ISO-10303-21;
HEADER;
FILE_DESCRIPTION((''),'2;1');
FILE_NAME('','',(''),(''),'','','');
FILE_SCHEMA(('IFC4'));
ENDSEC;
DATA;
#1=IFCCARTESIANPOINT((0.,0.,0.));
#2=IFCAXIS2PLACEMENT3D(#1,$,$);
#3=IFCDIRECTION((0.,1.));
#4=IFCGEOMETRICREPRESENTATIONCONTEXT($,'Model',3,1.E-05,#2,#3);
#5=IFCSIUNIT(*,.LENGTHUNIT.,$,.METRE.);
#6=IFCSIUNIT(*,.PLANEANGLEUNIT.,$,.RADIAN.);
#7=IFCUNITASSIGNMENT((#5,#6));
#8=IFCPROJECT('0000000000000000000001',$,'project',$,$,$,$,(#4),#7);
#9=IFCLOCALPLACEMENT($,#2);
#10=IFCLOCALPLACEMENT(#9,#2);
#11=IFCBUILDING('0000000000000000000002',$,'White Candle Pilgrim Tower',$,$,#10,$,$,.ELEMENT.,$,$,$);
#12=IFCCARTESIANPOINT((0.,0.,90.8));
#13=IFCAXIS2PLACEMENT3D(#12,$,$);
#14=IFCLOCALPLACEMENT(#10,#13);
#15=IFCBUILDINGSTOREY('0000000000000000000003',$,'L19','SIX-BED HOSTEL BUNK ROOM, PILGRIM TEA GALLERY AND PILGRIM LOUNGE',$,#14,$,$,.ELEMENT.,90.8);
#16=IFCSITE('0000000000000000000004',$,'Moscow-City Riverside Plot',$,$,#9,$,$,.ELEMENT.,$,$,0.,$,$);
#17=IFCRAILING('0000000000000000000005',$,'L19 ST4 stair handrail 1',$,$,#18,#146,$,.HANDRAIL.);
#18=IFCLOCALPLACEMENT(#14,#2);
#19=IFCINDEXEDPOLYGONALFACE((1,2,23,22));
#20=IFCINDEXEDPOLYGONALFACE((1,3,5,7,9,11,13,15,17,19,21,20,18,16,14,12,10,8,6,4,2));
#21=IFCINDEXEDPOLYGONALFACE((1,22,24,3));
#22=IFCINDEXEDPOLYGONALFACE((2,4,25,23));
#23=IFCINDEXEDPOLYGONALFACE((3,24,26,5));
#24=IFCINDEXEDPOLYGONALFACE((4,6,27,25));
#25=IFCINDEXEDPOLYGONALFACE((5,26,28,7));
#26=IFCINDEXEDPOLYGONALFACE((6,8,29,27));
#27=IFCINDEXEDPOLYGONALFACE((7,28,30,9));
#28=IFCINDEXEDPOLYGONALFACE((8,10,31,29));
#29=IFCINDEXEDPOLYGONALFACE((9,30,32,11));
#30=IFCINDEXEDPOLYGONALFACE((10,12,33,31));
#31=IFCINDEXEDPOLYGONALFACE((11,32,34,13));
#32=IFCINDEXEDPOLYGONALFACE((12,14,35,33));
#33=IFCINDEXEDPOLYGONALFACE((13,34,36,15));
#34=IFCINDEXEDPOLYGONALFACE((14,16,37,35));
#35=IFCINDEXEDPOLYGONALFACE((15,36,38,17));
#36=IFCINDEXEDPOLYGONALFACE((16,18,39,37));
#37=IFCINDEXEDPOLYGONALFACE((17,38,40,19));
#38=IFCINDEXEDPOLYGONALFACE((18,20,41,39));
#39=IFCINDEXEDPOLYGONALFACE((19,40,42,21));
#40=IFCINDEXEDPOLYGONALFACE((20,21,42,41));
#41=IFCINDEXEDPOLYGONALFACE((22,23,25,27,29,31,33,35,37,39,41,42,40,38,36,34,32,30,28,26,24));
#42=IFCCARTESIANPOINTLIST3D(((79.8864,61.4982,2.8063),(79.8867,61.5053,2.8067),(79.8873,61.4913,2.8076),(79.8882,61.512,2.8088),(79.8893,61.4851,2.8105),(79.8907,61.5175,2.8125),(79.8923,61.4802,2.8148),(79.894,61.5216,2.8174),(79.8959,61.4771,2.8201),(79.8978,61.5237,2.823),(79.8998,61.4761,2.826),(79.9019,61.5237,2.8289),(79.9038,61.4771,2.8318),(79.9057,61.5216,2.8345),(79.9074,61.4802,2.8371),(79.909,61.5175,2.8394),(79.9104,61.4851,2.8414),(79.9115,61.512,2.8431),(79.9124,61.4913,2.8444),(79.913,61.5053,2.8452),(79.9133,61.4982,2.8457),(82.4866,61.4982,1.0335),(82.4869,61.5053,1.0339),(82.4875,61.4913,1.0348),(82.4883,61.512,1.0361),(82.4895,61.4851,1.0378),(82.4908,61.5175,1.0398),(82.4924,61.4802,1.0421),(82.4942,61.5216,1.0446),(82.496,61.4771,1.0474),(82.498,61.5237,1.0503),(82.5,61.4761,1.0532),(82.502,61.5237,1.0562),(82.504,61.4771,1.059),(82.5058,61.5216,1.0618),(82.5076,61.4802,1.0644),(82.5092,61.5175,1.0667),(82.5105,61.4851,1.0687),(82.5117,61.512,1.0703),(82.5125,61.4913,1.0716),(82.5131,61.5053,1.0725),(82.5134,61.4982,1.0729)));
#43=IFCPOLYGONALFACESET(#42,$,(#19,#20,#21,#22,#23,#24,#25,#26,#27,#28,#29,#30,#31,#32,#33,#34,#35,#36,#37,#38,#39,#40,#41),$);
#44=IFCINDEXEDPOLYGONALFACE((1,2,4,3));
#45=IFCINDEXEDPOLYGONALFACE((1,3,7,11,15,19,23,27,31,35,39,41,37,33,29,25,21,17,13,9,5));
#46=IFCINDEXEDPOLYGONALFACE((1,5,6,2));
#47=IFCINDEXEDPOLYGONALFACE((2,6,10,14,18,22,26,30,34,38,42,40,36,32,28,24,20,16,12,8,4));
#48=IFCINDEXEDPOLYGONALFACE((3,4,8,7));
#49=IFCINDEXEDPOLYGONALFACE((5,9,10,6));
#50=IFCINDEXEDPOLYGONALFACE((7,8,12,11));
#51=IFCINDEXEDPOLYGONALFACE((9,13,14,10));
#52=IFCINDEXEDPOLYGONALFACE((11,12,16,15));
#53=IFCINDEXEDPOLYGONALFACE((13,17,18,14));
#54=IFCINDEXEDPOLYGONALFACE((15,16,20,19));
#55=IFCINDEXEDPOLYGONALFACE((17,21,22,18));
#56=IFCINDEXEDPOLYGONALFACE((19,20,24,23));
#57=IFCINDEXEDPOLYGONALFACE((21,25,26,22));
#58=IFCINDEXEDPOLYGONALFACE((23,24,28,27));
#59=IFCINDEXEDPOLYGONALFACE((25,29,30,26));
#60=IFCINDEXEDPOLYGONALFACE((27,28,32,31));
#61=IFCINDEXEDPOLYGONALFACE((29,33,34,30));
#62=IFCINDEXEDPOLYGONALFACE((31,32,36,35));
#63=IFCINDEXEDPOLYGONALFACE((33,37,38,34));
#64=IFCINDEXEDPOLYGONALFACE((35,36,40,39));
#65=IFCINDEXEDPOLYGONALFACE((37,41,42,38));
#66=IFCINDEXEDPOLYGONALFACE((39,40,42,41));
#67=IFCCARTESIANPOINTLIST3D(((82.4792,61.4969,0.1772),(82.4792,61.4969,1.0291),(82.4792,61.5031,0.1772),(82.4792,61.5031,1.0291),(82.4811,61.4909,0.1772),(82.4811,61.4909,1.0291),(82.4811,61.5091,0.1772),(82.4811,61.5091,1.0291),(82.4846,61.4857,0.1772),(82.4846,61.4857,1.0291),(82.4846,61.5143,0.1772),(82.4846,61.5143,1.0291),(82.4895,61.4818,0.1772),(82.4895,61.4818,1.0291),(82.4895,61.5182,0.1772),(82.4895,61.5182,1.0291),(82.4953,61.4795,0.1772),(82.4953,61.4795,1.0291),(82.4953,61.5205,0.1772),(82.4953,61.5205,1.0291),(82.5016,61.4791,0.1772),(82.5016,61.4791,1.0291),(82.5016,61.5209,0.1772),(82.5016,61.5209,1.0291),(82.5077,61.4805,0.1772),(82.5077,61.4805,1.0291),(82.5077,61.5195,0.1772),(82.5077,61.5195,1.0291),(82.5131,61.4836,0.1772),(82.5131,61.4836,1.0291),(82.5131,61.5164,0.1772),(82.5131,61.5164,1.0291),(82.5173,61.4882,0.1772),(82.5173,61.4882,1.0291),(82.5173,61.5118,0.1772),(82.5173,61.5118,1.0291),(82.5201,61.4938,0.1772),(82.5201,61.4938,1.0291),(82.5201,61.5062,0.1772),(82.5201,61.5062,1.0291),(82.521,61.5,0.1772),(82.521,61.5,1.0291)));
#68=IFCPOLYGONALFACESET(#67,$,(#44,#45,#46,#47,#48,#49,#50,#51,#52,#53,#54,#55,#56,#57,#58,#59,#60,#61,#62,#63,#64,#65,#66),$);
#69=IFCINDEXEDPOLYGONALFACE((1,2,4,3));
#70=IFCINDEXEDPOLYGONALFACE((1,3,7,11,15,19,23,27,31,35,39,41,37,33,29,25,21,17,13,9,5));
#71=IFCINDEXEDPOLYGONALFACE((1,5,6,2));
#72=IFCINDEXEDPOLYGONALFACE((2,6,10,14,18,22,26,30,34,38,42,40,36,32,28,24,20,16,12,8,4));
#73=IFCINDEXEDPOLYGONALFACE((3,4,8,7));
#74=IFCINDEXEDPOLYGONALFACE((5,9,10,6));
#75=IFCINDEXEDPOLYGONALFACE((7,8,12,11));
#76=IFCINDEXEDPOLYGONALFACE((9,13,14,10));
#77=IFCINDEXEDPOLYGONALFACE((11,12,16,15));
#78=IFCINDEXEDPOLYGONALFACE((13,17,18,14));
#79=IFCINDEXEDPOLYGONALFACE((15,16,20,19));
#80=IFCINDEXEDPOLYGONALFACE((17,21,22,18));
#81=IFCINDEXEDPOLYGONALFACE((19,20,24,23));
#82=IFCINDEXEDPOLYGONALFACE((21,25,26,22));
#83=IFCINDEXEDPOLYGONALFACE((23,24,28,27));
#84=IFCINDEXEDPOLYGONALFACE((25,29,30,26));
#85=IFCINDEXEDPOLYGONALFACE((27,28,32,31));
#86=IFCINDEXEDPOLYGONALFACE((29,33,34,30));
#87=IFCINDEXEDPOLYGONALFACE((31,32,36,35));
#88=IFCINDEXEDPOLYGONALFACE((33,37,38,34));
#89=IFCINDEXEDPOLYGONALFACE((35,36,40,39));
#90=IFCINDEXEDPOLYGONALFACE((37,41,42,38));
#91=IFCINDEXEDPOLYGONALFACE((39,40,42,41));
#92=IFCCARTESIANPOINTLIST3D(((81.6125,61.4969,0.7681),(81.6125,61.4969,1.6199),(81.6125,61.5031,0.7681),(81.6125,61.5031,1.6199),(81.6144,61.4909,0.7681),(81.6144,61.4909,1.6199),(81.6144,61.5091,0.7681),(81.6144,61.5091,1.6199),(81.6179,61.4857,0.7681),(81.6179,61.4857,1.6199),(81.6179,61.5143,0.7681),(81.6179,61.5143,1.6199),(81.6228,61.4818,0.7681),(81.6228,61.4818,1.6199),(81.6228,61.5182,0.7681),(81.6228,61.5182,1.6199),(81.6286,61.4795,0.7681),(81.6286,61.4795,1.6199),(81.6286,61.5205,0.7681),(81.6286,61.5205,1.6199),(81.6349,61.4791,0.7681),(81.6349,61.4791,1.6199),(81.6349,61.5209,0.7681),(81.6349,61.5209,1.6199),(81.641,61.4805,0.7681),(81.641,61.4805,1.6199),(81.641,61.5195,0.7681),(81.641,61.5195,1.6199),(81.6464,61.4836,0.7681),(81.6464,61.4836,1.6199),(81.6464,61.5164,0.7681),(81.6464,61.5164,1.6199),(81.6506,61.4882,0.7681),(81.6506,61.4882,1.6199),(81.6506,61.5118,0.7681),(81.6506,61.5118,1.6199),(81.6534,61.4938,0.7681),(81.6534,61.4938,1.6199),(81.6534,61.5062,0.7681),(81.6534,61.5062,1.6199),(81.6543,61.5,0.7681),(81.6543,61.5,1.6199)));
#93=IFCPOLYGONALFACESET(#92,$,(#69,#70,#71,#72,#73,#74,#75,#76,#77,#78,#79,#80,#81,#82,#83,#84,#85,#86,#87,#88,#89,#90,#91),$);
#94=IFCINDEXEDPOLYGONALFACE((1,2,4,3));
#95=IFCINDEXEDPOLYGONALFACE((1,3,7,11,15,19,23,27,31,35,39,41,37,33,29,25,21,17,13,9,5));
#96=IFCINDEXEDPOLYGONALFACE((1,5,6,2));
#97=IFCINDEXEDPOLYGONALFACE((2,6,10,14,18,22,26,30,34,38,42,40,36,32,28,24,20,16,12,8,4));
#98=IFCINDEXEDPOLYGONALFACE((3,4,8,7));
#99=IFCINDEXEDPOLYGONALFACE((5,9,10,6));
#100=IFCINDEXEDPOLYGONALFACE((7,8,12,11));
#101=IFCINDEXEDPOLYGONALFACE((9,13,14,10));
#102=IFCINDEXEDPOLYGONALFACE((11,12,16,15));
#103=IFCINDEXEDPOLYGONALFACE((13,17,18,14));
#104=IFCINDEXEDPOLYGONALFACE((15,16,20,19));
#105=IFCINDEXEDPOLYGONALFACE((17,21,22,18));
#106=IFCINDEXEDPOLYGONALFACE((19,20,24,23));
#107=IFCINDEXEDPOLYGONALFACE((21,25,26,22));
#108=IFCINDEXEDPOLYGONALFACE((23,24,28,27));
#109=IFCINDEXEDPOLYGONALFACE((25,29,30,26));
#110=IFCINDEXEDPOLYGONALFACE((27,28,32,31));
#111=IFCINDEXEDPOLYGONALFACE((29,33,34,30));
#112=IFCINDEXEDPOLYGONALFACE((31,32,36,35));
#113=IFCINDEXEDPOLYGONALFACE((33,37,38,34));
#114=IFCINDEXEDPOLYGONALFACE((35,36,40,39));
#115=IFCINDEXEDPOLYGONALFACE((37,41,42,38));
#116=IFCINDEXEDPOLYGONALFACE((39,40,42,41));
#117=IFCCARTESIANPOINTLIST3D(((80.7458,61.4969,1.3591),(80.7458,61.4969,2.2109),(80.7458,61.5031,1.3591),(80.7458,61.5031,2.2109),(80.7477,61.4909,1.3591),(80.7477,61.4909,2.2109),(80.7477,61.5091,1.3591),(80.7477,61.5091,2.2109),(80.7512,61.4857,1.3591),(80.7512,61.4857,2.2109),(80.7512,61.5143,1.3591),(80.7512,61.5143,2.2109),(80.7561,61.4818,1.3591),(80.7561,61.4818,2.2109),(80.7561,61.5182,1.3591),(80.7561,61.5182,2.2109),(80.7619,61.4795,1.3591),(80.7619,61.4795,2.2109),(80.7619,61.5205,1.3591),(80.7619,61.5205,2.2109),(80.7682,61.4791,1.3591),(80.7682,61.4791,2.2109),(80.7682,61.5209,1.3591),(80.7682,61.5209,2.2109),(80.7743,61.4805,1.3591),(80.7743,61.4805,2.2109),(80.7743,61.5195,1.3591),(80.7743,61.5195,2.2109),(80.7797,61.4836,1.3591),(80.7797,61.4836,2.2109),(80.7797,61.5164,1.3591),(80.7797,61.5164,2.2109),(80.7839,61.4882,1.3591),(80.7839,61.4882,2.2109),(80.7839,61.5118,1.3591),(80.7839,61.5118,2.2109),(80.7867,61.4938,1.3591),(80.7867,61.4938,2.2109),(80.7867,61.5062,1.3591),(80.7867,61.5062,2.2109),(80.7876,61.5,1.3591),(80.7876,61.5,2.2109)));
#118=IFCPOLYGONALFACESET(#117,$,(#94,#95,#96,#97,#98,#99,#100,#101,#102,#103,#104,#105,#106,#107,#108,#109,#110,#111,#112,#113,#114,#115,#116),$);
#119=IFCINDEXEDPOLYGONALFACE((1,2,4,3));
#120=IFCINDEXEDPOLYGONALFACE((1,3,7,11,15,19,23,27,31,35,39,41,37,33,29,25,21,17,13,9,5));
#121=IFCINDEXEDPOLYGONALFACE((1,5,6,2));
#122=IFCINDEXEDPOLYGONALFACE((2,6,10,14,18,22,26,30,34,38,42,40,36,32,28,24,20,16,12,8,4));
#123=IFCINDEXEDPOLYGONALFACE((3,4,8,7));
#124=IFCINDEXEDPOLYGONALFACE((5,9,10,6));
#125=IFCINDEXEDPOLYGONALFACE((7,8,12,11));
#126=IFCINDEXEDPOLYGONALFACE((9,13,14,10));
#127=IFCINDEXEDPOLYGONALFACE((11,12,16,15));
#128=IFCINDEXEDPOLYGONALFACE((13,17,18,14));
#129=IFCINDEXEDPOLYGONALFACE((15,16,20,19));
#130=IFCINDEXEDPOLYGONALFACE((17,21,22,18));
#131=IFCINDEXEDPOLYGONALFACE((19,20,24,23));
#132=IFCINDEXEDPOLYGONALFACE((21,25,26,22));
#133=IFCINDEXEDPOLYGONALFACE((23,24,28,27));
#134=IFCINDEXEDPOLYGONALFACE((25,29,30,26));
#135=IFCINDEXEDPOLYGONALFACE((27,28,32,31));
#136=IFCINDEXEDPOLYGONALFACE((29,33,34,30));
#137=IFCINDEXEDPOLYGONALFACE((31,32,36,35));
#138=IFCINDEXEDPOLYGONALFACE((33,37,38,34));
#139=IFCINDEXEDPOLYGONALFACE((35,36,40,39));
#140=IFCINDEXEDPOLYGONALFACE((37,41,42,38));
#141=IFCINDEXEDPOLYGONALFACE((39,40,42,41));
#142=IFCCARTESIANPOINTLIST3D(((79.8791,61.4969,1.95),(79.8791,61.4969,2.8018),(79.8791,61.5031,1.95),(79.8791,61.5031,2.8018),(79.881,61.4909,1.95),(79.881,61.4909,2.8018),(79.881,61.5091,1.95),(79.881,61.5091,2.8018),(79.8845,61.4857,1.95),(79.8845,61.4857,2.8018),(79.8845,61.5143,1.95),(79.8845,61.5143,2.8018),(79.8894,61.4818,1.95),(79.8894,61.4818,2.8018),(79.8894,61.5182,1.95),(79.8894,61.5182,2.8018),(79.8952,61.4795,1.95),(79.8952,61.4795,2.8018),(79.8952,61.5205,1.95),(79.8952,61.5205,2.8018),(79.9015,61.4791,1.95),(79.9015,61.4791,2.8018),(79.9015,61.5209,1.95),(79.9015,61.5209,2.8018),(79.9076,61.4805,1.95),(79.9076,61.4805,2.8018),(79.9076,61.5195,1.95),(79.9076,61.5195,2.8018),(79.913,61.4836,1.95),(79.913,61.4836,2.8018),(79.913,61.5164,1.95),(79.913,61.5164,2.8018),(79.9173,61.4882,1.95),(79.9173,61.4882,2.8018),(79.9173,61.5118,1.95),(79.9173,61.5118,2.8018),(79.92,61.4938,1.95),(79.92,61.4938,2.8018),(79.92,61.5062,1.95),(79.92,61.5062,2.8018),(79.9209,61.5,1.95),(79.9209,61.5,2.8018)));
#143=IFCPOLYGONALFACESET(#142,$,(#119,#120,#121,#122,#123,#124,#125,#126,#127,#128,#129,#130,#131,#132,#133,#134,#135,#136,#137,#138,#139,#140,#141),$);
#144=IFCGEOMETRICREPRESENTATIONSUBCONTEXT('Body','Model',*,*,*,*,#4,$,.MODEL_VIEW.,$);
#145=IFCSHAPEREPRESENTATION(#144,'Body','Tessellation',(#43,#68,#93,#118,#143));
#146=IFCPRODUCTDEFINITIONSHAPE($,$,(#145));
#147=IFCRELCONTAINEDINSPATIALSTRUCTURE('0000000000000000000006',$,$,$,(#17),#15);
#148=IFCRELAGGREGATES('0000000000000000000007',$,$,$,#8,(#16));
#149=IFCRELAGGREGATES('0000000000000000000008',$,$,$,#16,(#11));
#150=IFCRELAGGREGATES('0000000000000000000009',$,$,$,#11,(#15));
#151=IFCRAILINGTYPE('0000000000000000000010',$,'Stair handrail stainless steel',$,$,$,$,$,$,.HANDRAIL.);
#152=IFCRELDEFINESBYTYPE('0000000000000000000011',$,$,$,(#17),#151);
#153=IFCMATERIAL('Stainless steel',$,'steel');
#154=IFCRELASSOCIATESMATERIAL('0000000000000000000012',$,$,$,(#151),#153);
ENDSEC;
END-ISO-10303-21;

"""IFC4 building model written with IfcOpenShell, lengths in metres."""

from ifc_helpers import new_model, si_unit, direction, frame, origin, origin_2d, place, context, subcontext, project, spatial, circle, extrude, material, type_object, element, save


model = new_model("IFC4")

# Units and contexts
model_context = context("Model", 3, precision=1e-05, world=origin(), true_north=direction((0.0, 1.0)))
body_context = subcontext(model_context, "Body", "Model", "MODEL_VIEW")
ifc_project = project(units=[si_unit("LENGTHUNIT", "METRE"), si_unit("PLANEANGLEUNIT", "RADIAN")], contexts=[model_context])

# Site, building, storey
site_placement = place(None, origin())
site = spatial("IfcSite", under=ifc_project, at=site_placement, Name="Moscow-City Riverside Plot", CompositionType="ELEMENT", RefElevation=0.0)
building_placement = place(site_placement, origin())
building = spatial("IfcBuilding", under=site, at=building_placement, Name="White Candle Pilgrim Tower", CompositionType="ELEMENT")
storey_placement = place(building_placement, frame((0.0, 0.0, 90.8)))
storey = spatial("IfcBuildingStorey", under=building, at=storey_placement, Name="L19", Description="SIX-BED HOSTEL BUNK ROOM, PILGRIM TEA GALLERY AND PILGRIM LOUNGE", CompositionType="ELEMENT", Elevation=90.8)

# Railing
ifc_material_1 = material(Name="Stainless steel", Category="steel")
railing_type_1 = type_object("IfcRailingType", Name="Stair handrail stainless steel", PredefinedType="HANDRAIL", material=ifc_material_1)
railing_1_placement = place(storey_placement, frame((82.5, 61.5, 0.1772)))
element("IfcRailing", 1, at=railing_1_placement, inside=storey, type_object=railing_type_1, Name="L19 ST4 stair handrail 1", PredefinedType="HANDRAIL", context=body_context, shape_type="SweptSolid", body=[
    extrude(circle(Radius=0.0239, at=origin_2d()), frame((0.0, 0.0, 0.876), z_axis=(-0.82624, 0.0, 0.563318), x_axis=(0.0, -1.0, 0.0)), (0.0, 0.0, 1.0), 3.147),
    extrude(circle(Radius=0.021, at=origin_2d()), origin(), (0.0, 0.0, 1.0), 0.8518),
    extrude(circle(Radius=0.021, at=origin_2d()), frame((-0.8667, 0.0, 0.5908)), (0.0, 0.0, 1.0), 0.8518),
    extrude(circle(Radius=0.021, at=origin_2d()), frame((-1.7334, 0.0, 1.1819)), (0.0, 0.0, 1.0), 0.8518),
    extrude(circle(Radius=0.021, at=origin_2d()), frame((-2.6001, 0.0, 1.7727)), (0.0, 0.0, 1.0), 0.8518),
])

save(model, "model.ifc")
